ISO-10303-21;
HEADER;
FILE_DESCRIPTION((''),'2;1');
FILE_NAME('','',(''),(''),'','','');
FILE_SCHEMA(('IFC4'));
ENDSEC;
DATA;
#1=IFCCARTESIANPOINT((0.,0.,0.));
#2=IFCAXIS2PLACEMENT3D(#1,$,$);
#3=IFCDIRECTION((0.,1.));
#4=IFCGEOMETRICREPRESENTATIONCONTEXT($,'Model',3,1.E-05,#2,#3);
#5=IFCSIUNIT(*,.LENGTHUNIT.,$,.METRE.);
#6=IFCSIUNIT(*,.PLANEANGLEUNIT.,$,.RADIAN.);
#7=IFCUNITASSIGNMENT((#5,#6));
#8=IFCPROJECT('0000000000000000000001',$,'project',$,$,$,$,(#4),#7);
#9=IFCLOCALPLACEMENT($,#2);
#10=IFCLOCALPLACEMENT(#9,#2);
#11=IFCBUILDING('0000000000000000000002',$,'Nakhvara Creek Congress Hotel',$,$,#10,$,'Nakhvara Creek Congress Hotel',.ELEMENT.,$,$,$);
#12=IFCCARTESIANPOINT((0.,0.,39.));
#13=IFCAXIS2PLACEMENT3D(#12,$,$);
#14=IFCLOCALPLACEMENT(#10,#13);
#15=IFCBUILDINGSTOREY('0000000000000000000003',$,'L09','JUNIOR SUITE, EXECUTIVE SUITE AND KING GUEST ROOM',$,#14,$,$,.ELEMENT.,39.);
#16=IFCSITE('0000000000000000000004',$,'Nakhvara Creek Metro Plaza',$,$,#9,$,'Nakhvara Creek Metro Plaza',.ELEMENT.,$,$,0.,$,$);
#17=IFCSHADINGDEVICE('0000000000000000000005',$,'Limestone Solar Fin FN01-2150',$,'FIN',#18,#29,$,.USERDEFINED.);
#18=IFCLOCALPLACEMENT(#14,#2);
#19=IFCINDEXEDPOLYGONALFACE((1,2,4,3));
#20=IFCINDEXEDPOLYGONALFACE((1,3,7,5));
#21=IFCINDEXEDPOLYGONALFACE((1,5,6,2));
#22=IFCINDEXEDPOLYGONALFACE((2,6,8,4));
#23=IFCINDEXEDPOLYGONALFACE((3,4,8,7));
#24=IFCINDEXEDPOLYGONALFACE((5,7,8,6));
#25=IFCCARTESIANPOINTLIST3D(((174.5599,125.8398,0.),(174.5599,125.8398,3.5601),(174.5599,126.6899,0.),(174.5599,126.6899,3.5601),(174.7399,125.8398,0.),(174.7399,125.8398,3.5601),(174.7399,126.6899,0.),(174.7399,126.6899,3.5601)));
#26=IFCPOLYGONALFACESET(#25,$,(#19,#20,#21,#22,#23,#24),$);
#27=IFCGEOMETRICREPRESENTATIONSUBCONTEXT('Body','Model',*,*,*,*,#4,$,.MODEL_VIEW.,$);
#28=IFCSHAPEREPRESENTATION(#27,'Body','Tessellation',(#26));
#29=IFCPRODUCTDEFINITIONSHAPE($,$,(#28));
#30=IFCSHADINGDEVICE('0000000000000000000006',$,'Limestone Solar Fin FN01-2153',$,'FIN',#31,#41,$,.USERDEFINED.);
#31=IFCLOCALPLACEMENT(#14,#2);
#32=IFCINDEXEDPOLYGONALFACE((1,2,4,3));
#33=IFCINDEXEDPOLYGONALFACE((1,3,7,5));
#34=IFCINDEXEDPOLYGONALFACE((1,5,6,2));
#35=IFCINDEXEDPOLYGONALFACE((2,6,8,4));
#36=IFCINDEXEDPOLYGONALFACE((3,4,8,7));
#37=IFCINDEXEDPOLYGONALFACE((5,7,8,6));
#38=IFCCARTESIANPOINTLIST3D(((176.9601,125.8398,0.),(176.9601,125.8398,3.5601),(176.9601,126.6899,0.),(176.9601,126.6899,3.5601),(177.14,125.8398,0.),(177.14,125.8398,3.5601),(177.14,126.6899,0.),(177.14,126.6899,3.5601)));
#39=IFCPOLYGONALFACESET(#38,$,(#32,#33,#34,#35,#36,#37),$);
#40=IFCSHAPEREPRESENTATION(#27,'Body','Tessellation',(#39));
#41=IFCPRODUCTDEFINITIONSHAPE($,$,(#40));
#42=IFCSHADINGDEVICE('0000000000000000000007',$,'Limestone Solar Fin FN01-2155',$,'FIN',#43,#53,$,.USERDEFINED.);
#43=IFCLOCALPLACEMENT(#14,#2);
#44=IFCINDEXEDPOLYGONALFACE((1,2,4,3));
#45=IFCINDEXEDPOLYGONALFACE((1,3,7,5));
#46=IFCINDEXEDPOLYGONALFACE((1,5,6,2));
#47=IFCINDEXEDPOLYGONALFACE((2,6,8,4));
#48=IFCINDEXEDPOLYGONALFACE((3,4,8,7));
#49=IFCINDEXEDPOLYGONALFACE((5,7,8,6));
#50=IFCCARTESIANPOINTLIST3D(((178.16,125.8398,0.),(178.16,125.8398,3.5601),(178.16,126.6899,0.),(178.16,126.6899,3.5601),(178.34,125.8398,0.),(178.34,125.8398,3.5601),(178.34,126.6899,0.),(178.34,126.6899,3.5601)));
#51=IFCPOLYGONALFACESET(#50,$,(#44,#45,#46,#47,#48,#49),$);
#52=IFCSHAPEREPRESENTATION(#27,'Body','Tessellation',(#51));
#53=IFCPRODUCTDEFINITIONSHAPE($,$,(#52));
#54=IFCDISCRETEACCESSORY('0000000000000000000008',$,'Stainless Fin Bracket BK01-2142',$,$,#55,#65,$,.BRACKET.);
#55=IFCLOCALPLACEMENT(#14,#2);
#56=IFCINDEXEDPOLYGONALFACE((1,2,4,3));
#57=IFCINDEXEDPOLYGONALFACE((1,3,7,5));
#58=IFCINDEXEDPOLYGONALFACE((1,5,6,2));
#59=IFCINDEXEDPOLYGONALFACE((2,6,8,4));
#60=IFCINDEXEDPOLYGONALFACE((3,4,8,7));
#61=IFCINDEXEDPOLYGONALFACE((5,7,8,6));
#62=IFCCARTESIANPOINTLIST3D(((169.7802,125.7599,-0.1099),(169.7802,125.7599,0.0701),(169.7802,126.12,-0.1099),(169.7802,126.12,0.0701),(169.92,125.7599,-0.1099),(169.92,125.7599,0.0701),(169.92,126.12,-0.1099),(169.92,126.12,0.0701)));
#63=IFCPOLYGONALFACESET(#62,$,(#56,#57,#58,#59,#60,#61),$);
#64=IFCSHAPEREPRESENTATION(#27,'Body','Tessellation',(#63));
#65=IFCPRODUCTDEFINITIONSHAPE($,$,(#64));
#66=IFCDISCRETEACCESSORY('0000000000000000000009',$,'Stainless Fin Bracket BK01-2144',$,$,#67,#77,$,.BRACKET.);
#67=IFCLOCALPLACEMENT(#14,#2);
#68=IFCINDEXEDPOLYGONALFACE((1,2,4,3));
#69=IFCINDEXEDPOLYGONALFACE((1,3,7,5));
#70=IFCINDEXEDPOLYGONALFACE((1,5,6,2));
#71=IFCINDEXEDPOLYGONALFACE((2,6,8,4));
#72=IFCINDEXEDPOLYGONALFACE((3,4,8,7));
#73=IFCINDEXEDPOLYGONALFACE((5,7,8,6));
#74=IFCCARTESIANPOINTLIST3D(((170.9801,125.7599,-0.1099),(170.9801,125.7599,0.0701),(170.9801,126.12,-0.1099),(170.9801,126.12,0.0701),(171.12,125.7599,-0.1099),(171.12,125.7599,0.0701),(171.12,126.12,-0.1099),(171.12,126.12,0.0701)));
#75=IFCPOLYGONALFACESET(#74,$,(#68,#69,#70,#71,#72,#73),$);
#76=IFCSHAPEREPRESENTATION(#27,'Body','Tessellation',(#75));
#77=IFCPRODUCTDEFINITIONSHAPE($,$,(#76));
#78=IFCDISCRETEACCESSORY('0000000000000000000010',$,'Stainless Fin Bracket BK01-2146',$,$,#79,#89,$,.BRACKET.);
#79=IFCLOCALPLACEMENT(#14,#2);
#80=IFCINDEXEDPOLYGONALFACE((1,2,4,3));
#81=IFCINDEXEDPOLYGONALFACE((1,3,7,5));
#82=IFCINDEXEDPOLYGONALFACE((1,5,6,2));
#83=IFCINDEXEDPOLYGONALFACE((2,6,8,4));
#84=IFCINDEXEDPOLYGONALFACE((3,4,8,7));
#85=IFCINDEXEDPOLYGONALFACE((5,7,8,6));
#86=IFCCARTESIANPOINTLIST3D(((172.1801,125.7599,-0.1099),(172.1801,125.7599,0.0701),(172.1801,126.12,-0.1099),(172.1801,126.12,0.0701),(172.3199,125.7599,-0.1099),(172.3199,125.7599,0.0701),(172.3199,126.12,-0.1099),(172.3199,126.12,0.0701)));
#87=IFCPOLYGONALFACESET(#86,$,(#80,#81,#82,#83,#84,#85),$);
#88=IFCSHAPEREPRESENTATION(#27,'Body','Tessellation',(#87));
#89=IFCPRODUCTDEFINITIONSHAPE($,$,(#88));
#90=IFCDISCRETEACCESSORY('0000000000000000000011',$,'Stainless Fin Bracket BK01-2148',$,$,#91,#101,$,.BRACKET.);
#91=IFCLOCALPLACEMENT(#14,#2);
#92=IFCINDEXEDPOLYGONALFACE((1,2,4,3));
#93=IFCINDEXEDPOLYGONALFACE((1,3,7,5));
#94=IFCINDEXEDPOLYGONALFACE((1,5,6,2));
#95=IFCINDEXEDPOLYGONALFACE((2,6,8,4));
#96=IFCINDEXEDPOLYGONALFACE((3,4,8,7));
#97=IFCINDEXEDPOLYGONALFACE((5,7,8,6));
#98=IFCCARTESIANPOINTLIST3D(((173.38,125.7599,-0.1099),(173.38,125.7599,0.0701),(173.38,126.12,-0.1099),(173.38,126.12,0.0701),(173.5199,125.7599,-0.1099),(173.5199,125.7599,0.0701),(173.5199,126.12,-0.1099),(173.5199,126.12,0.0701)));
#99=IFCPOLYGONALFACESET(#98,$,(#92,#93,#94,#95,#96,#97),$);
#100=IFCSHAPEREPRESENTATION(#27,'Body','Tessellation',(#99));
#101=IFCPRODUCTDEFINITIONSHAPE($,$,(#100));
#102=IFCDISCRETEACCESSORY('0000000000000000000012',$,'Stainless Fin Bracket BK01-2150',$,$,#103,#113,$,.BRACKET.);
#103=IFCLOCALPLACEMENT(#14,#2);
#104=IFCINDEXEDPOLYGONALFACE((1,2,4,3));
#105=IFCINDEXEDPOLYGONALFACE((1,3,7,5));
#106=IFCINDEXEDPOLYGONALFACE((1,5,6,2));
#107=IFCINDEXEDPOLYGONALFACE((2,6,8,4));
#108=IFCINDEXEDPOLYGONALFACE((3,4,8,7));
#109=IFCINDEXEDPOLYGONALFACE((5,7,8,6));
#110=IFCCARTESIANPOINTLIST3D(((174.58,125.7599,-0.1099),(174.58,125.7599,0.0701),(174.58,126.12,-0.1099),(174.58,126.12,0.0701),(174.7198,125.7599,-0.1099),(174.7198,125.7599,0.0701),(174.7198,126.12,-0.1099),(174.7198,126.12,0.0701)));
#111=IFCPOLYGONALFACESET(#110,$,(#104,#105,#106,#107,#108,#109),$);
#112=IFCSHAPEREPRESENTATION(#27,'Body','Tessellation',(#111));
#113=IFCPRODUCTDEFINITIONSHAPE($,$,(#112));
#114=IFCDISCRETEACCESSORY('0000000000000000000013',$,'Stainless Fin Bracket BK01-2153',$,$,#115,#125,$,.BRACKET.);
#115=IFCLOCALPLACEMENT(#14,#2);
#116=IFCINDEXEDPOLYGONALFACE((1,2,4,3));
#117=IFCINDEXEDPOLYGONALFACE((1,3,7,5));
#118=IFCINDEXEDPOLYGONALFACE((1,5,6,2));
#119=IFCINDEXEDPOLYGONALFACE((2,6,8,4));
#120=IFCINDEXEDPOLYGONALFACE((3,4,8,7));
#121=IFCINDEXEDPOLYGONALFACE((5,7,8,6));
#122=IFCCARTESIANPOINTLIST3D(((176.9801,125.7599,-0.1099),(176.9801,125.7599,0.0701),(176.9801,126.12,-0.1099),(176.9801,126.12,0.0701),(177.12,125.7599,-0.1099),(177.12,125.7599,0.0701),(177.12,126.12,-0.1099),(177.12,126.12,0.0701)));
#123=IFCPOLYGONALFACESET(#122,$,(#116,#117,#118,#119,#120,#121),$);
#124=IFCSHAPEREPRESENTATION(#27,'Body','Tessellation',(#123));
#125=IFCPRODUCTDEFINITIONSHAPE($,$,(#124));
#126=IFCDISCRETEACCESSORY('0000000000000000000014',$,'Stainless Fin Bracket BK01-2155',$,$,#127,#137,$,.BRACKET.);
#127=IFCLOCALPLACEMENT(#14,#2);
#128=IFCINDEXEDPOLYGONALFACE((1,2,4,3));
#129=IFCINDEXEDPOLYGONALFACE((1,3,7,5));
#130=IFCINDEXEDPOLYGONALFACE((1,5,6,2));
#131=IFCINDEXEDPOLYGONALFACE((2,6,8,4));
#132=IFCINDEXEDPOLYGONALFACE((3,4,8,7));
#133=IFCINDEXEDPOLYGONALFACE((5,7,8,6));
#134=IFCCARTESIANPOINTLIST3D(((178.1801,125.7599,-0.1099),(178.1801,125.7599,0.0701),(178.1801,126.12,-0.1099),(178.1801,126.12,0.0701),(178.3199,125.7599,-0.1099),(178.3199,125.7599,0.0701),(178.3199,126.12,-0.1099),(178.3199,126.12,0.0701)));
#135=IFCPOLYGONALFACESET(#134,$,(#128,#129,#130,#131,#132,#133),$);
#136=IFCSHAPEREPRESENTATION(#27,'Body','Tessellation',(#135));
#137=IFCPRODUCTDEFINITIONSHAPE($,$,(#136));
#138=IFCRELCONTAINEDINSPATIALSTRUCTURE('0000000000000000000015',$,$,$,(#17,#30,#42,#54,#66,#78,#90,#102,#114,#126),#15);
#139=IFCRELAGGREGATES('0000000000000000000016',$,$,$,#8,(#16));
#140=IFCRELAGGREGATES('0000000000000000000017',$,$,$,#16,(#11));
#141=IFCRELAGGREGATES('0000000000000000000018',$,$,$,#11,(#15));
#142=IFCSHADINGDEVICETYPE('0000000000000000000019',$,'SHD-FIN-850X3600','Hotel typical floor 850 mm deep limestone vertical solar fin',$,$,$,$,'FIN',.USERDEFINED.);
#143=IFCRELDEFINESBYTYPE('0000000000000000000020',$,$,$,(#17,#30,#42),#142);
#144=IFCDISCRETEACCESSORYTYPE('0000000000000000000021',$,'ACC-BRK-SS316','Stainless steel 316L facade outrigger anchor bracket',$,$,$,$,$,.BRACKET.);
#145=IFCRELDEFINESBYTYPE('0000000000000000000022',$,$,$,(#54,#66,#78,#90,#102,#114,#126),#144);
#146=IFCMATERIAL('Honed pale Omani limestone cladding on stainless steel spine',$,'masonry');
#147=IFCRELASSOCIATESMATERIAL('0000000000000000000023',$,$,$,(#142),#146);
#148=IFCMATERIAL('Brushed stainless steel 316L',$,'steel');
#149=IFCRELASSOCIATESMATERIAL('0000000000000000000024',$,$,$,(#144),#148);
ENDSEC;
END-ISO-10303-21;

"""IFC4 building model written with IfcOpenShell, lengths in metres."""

from ifc_helpers import new_model, si_unit, direction, frame, origin, origin_2d, place, context, subcontext, project, spatial, rectangle, extrude, material, type_object, element, save


model = new_model("IFC4")

# Units and contexts
model_context = context("Model", 3, precision=1e-05, world=origin(), true_north=direction((0.0, 1.0)))
body_context = subcontext(model_context, "Body", "Model", "MODEL_VIEW")
ifc_project = project(units=[si_unit("LENGTHUNIT", "METRE"), si_unit("PLANEANGLEUNIT", "RADIAN")], contexts=[model_context])

# Site, building, storey
site_placement = place(None, origin())
site = spatial("IfcSite", under=ifc_project, at=site_placement, Name="Nakhvara Creek Metro Plaza", LongName="Nakhvara Creek Metro Plaza", CompositionType="ELEMENT", RefElevation=0.0)
building_placement = place(site_placement, origin())
building = spatial("IfcBuilding", under=site, at=building_placement, Name="Nakhvara Creek Congress Hotel", LongName="Nakhvara Creek Congress Hotel", CompositionType="ELEMENT")
storey_placement = place(building_placement, frame((0.0, 0.0, 39.0)))
storey = spatial("IfcBuildingStorey", under=building, at=storey_placement, Name="L09", Description="JUNIOR SUITE, EXECUTIVE SUITE AND KING GUEST ROOM", CompositionType="ELEMENT", Elevation=39.0)

# Shading devices
ifc_material_1 = material(Name="Honed pale Omani limestone cladding on stainless steel spine", Category="masonry")
shading_device_type = type_object("IfcShadingDeviceType", Name="SHD-FIN-850X3600", Description="Hotel typical floor 850 mm deep limestone vertical solar fin", ElementType="FIN", PredefinedType="USERDEFINED", material=ifc_material_1)
for number, where, z_axis, x_axis, name in (
    (1, (174.6499, 126.2649, 0.0), (0.0, 0.0, 1.0), (1.0, 0.0, 0.0), "Limestone Solar Fin FN01-2150"),
    (2, (177.05, 126.2649, 0.0), (0.0, 0.0, 1.0), (1.0, 0.0, 0.0), "Limestone Solar Fin FN01-2153"),
    (3, (178.25, 126.2649, 0.0), (0.0, 0.0, 1.0), (1.0, 0.0, 0.0), "Limestone Solar Fin FN01-2155"),
):
    element("IfcShadingDevice", number, at=place(storey_placement, frame(where, z_axis=z_axis, x_axis=x_axis)), inside=storey, type_object=shading_device_type, Name=name, ObjectType="FIN", PredefinedType="USERDEFINED", context=body_context, shape_type="SweptSolid", body=[
        extrude(rectangle(XDim=0.1799, YDim=0.8501, at=origin_2d()), origin(), (0.0, 0.0, 1.0), 3.5601),
    ])

# Discrete accessories
ifc_material_2 = material(Name="Brushed stainless steel 316L", Category="steel")
discrete_accessory_type = type_object("IfcDiscreteAccessoryType", Name="ACC-BRK-SS316", Description="Stainless steel 316L facade outrigger anchor bracket", PredefinedType="BRACKET", material=ifc_material_2)
for number, where, z_axis, x_axis, name in (
    (4, (169.8501, 125.9399, -0.1099), (0.0, 0.0, 1.0), (1.0, 0.0, 0.0), "Stainless Fin Bracket BK01-2142"),
    (5, (171.05, 125.9399, -0.1099), (0.0, 0.0, 1.0), (1.0, 0.0, 0.0), "Stainless Fin Bracket BK01-2144"),
    (6, (172.25, 125.9399, -0.1099), (0.0, 0.0, 1.0), (1.0, 0.0, 0.0), "Stainless Fin Bracket BK01-2146"),
    (7, (173.45, 125.9399, -0.1099), (0.0, 0.0, 1.0), (1.0, 0.0, 0.0), "Stainless Fin Bracket BK01-2148"),
    (8, (174.6499, 125.9399, -0.1099), (0.0, 0.0, 1.0), (1.0, 0.0, 0.0), "Stainless Fin Bracket BK01-2150"),
    (9, (177.05, 125.9399, -0.1099), (0.0, 0.0, 1.0), (1.0, 0.0, 0.0), "Stainless Fin Bracket BK01-2153"),
    (10, (178.25, 125.9399, -0.1099), (0.0, 0.0, 1.0), (1.0, 0.0, 0.0), "Stainless Fin Bracket BK01-2155"),
):
    element("IfcDiscreteAccessory", number, at=place(storey_placement, frame(where, z_axis=z_axis, x_axis=x_axis)), inside=storey, type_object=discrete_accessory_type, Name=name, PredefinedType="BRACKET", context=body_context, shape_type="SweptSolid", body=[
        extrude(rectangle(XDim=0.1399, YDim=0.3601, at=origin_2d()), origin(), (0.0, 0.0, 1.0), 0.1799),
    ])

save(model, "model.ifc")
